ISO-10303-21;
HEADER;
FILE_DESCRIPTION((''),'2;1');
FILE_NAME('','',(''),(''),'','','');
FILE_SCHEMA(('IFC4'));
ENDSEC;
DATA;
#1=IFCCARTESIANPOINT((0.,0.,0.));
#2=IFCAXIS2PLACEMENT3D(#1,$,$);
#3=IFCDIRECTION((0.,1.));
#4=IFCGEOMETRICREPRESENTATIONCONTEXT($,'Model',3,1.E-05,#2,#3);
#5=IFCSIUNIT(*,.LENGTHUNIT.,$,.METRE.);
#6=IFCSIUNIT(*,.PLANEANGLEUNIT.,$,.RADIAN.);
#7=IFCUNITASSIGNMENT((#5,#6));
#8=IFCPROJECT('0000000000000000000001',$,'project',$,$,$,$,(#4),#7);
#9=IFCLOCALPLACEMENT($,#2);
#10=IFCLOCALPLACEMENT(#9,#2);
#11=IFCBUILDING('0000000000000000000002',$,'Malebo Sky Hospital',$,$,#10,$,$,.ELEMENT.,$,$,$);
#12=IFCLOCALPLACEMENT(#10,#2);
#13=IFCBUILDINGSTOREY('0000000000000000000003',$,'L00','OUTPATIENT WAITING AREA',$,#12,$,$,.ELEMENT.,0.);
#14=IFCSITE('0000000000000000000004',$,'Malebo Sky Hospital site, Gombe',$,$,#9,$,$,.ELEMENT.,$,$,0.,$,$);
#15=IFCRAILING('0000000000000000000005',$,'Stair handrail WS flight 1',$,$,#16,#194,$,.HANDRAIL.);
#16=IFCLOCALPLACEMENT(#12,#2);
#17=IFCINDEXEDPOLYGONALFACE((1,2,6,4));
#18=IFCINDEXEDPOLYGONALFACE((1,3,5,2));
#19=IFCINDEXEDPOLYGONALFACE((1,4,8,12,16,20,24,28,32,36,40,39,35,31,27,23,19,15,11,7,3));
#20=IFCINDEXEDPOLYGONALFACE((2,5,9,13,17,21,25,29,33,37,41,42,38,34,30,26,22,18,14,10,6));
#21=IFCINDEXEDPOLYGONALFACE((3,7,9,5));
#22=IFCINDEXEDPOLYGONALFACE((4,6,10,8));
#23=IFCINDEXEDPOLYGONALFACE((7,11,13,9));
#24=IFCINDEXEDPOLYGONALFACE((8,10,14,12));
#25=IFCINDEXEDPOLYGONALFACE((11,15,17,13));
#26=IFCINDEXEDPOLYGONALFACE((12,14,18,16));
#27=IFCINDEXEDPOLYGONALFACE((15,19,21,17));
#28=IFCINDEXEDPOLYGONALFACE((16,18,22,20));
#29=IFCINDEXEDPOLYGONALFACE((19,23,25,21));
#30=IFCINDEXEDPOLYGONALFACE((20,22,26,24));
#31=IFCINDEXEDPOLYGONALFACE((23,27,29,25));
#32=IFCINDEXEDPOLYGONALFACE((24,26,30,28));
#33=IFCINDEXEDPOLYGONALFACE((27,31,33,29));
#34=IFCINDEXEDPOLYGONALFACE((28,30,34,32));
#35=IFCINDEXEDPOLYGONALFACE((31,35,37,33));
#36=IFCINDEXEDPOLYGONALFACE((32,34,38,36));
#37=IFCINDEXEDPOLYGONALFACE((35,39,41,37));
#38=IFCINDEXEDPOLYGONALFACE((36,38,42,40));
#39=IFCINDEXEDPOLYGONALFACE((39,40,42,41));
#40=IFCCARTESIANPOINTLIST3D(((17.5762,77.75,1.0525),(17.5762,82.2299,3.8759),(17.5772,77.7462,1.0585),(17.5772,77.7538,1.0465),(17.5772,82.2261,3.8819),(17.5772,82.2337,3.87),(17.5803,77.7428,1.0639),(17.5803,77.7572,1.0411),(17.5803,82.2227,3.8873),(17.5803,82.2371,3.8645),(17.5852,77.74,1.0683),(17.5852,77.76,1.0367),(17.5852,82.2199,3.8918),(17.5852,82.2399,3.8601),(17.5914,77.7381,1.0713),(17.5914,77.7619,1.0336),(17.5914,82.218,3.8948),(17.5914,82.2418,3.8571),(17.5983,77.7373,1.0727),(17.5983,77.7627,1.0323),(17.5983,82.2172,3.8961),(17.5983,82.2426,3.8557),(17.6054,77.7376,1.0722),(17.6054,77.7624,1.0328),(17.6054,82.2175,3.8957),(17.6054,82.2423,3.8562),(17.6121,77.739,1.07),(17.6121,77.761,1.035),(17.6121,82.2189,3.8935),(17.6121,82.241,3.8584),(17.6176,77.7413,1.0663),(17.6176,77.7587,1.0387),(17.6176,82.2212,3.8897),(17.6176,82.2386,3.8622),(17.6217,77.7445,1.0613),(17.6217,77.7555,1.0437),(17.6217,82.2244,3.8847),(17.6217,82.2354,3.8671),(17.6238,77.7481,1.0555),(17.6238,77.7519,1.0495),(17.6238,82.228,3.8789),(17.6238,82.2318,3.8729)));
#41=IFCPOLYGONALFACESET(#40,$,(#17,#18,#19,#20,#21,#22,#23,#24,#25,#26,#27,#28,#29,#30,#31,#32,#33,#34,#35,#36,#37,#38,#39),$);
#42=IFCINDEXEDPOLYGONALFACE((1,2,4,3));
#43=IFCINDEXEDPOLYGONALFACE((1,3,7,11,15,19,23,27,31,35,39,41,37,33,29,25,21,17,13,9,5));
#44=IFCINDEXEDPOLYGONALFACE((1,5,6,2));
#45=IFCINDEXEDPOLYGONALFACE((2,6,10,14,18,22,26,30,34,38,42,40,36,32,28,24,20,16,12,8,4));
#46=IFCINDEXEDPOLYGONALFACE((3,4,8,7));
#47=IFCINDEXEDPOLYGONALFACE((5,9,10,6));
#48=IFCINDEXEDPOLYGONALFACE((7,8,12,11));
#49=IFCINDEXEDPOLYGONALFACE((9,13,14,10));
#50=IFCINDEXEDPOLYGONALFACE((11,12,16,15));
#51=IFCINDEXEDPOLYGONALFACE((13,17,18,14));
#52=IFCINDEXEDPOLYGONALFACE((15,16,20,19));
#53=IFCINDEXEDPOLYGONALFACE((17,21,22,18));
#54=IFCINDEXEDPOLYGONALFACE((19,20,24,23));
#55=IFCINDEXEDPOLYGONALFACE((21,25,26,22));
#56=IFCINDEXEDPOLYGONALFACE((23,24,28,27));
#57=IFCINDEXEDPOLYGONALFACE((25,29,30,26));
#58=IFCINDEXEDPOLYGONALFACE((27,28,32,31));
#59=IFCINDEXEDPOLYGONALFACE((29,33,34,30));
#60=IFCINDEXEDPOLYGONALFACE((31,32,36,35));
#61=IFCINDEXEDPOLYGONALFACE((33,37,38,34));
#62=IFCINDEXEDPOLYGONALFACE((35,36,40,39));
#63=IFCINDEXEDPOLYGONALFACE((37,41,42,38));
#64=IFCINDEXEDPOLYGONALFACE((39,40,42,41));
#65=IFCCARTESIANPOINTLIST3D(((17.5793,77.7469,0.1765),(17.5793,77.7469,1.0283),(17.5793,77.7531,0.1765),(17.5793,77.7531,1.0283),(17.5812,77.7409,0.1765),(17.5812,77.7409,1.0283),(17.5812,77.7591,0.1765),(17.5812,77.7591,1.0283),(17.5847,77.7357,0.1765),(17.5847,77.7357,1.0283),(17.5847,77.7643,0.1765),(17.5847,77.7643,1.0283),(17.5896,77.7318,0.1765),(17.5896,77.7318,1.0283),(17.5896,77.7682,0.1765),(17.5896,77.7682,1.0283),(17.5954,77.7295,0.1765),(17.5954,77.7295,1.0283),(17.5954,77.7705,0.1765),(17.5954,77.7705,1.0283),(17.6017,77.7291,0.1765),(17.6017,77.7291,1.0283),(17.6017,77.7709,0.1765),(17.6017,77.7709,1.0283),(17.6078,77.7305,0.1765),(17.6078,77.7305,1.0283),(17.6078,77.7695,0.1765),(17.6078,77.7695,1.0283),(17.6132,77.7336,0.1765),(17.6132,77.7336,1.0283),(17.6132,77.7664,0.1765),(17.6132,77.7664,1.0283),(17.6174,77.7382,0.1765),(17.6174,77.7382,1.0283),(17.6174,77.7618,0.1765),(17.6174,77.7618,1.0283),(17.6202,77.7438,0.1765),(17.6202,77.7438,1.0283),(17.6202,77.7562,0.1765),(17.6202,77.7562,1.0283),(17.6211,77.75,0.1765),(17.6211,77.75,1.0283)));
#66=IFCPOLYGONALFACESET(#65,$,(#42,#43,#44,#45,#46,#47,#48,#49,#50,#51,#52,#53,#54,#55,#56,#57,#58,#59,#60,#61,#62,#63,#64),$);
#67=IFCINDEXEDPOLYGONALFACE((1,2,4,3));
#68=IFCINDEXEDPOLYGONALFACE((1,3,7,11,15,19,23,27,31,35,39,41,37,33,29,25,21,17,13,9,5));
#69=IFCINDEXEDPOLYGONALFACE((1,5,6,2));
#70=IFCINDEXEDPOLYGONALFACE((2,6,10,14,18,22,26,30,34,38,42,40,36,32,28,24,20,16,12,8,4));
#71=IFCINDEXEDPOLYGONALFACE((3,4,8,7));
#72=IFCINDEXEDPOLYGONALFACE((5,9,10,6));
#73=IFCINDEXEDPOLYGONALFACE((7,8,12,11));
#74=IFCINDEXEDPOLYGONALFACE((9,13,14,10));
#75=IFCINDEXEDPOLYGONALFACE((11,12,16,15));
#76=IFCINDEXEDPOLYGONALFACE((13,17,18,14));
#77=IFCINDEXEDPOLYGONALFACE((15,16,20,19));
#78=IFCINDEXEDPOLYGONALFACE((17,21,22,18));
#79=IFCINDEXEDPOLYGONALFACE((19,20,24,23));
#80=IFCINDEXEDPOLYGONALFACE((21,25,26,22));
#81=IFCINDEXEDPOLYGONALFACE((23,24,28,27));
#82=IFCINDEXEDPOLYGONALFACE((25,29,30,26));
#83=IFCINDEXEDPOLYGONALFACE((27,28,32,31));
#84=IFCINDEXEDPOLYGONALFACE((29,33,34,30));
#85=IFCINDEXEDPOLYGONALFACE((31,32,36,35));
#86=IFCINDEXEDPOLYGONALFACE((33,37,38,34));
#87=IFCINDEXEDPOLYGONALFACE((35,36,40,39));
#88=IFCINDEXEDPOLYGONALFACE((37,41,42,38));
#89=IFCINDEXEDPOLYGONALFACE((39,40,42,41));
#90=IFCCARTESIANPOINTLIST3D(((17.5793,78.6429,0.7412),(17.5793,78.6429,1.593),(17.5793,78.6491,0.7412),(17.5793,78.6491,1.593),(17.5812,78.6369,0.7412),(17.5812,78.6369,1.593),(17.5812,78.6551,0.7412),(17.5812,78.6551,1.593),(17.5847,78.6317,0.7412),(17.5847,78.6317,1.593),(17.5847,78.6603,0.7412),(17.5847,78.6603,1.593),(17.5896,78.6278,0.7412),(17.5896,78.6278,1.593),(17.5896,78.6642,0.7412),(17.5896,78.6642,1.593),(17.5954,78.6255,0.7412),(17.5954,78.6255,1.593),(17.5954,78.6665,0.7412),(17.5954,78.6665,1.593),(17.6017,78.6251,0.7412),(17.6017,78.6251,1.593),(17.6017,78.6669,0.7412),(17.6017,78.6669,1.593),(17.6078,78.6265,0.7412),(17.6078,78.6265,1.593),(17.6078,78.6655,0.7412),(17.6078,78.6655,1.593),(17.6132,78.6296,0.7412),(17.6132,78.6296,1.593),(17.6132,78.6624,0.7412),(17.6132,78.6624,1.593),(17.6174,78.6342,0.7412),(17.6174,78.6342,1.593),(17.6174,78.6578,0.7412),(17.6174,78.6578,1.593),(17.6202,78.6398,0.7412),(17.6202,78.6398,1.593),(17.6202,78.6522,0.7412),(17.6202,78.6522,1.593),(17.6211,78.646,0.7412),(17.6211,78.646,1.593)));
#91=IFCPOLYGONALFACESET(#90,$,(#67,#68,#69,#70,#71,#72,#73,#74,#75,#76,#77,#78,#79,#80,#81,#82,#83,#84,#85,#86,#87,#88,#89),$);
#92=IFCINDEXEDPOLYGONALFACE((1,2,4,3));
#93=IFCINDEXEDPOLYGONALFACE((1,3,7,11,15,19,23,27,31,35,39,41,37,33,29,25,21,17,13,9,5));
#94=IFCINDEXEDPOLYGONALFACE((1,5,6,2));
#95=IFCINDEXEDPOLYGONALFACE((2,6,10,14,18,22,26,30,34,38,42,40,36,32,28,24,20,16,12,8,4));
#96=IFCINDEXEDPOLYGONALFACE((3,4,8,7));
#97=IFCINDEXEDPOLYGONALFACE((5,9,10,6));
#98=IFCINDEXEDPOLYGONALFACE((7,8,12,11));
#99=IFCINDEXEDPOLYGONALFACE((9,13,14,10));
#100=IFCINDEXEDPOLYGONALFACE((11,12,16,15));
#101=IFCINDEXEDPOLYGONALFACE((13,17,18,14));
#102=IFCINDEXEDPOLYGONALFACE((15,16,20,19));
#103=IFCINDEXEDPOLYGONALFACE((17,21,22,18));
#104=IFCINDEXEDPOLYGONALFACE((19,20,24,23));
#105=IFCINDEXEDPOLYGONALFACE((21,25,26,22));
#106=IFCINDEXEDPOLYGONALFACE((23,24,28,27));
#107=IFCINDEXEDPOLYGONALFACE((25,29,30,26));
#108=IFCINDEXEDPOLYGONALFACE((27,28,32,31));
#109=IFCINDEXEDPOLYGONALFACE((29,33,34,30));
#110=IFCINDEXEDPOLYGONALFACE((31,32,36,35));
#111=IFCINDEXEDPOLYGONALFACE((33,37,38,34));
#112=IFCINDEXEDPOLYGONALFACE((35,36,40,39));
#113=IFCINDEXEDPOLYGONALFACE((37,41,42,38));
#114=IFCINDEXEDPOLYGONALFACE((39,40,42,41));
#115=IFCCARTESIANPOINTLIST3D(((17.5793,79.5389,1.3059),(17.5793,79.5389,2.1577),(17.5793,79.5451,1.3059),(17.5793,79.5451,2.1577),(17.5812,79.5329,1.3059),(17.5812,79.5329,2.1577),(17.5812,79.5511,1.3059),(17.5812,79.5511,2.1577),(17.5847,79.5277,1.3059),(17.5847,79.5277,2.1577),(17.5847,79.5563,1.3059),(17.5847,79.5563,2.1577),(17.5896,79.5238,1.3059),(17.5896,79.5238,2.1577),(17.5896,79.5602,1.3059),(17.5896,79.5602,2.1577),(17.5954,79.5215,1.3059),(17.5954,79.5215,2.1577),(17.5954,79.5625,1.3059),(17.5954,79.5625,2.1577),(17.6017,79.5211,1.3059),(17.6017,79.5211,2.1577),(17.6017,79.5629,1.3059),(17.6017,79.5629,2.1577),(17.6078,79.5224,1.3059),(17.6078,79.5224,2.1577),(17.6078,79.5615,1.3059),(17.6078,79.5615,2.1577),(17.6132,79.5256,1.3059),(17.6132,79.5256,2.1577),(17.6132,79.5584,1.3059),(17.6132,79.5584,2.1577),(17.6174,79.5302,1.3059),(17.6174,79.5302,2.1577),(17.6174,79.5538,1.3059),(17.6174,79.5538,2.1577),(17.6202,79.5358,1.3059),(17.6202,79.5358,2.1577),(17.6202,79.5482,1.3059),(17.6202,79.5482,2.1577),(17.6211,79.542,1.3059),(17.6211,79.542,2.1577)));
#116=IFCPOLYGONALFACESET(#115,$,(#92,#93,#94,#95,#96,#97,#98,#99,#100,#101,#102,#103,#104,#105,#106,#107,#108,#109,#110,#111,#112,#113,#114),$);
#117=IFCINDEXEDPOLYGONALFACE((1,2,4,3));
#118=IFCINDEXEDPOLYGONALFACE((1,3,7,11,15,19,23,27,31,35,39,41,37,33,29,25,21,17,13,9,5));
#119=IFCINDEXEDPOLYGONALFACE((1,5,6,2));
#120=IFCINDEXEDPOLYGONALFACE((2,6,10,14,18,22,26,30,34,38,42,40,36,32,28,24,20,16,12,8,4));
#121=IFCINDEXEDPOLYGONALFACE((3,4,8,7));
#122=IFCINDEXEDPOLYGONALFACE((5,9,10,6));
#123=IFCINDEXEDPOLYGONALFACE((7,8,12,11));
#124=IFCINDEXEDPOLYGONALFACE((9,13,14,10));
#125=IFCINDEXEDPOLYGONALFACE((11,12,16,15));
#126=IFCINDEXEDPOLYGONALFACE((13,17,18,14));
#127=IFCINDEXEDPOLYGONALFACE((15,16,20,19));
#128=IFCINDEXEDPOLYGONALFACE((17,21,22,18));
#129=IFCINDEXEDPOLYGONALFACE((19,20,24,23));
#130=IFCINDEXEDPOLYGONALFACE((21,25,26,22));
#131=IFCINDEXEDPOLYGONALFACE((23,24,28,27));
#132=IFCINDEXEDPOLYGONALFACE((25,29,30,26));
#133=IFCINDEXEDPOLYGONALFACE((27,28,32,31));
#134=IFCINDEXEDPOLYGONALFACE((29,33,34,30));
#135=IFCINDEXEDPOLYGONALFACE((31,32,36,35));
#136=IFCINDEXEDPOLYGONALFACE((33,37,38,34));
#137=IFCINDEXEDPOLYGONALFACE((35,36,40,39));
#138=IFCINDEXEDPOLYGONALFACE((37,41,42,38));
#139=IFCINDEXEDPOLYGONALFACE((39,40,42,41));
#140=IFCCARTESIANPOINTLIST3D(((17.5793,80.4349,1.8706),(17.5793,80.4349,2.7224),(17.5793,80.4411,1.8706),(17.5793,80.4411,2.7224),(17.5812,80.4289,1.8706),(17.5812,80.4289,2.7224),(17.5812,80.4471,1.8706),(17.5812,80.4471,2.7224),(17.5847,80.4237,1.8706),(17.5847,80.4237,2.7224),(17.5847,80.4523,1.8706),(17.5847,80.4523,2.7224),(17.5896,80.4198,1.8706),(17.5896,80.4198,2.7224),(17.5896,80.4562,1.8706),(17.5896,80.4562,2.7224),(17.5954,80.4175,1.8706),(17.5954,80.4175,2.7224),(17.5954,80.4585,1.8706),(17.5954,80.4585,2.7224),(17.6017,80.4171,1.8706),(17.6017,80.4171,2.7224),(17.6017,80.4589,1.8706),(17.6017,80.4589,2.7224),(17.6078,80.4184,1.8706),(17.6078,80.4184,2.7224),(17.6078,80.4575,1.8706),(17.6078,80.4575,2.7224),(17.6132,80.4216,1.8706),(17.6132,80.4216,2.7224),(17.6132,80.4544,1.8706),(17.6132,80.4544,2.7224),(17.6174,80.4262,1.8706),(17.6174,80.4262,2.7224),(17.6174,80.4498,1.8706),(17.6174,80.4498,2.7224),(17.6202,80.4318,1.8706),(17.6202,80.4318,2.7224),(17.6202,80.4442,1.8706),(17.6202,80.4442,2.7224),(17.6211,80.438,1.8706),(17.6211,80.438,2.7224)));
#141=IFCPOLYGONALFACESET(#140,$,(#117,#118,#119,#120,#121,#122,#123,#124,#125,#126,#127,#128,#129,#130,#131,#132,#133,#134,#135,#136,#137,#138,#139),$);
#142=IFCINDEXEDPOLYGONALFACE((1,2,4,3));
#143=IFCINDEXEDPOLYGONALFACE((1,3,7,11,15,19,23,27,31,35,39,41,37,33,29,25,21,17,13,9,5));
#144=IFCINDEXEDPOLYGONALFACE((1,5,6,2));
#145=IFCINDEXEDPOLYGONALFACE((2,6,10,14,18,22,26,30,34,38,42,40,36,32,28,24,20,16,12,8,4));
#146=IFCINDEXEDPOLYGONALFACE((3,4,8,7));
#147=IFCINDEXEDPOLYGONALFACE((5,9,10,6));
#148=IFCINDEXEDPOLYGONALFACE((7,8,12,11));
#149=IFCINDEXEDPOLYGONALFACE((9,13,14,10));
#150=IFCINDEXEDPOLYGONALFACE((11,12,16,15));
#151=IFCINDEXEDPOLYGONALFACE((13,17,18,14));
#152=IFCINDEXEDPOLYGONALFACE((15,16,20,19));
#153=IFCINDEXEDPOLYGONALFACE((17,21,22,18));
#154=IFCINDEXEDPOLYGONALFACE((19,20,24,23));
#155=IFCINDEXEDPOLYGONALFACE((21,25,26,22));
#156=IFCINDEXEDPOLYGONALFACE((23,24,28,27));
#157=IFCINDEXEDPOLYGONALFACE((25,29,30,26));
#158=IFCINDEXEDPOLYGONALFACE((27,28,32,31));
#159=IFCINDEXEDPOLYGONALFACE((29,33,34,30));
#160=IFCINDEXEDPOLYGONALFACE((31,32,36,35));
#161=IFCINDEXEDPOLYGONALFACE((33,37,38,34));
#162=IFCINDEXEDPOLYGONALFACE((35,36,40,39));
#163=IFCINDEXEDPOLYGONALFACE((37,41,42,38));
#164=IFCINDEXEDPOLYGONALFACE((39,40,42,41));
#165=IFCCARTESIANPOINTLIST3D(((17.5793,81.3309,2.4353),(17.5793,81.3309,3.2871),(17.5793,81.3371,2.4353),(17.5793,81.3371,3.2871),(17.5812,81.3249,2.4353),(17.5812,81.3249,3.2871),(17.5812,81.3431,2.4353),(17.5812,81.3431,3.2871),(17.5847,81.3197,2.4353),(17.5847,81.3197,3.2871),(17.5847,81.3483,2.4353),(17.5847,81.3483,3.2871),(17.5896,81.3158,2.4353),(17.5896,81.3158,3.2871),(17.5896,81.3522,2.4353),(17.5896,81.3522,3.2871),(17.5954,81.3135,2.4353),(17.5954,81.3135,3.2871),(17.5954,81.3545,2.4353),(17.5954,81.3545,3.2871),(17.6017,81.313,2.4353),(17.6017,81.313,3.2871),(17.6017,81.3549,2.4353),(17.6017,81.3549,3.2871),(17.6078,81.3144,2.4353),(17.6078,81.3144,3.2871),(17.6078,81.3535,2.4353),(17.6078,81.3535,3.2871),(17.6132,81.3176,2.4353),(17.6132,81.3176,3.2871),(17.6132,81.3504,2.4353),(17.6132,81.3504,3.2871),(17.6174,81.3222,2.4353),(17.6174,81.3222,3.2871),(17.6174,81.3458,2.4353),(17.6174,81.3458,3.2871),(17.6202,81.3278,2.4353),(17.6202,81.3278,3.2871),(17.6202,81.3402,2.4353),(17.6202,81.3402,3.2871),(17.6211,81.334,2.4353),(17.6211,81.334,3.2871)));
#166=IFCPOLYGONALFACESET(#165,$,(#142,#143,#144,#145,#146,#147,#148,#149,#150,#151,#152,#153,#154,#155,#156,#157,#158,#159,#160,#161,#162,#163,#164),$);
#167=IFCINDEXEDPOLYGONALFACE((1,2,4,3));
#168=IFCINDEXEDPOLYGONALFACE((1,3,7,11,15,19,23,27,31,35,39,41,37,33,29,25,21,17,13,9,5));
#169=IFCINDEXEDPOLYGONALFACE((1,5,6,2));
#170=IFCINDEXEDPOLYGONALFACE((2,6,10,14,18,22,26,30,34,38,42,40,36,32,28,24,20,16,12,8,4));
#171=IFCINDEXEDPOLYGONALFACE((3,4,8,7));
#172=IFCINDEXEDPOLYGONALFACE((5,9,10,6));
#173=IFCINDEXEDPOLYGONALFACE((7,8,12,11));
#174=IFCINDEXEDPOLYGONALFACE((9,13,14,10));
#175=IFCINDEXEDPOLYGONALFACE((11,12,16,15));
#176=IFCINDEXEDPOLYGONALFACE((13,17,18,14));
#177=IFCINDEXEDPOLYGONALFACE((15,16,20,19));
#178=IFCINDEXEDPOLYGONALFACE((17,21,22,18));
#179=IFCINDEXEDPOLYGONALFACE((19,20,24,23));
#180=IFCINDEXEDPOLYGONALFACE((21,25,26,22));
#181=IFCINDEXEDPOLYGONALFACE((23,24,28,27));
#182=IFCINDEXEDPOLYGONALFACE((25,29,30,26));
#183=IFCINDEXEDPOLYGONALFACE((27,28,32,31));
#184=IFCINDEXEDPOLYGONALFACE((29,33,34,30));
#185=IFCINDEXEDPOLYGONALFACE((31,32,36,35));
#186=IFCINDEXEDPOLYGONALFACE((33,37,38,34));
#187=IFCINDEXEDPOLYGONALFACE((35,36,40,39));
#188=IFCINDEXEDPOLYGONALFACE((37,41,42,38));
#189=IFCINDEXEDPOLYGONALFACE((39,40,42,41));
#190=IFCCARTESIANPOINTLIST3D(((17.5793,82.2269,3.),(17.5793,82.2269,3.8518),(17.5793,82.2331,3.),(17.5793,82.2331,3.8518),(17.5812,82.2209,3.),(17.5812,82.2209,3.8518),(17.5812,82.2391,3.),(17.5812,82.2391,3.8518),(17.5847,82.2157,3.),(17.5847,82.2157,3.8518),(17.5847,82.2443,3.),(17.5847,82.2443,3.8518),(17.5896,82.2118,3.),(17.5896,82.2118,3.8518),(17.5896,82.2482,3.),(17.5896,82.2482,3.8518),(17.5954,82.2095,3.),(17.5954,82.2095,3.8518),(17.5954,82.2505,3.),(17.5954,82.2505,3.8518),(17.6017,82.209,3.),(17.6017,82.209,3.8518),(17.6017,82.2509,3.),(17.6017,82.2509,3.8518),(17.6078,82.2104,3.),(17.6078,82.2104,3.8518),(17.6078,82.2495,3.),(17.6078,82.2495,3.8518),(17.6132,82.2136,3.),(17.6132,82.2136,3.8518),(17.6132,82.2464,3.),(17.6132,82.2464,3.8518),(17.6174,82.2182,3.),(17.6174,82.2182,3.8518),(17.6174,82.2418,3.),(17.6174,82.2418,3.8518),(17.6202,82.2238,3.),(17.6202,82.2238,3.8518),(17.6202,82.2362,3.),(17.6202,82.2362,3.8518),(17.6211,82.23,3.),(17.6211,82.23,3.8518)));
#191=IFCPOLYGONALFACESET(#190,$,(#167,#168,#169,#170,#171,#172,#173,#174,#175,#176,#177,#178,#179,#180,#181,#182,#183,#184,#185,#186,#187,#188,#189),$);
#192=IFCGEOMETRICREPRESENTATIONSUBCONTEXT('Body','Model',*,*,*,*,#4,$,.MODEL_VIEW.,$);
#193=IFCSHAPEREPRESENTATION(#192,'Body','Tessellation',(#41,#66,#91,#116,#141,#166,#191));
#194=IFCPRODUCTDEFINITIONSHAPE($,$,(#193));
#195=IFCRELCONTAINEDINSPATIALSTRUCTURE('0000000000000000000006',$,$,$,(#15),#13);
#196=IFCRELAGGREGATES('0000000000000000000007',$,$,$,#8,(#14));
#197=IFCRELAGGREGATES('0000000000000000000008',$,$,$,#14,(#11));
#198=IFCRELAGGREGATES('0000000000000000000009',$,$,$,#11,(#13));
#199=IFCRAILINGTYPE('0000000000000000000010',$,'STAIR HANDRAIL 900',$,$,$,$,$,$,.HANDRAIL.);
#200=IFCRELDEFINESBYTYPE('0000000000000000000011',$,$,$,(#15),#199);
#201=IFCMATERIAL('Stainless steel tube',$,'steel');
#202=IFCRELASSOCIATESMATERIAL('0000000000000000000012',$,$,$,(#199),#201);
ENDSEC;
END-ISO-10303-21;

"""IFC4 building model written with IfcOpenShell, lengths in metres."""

from ifc_helpers import new_model, si_unit, direction, frame, origin, origin_2d, place, context, subcontext, project, spatial, circle, extrude, material, type_object, element, save


model = new_model("IFC4")

# Units and contexts
model_context = context("Model", 3, precision=1e-05, world=origin(), true_north=direction((0.0, 1.0)))
body_context = subcontext(model_context, "Body", "Model", "MODEL_VIEW")
ifc_project = project(units=[si_unit("LENGTHUNIT", "METRE"), si_unit("PLANEANGLEUNIT", "RADIAN")], contexts=[model_context])

# Site, building, storey
site_placement = place(None, origin())
site = spatial("IfcSite", under=ifc_project, at=site_placement, Name="Malebo Sky Hospital site, Gombe", CompositionType="ELEMENT", RefElevation=0.0)
building_placement = place(site_placement, origin())
building = spatial("IfcBuilding", under=site, at=building_placement, Name="Malebo Sky Hospital", CompositionType="ELEMENT")
storey_placement = place(building_placement, origin())
storey = spatial("IfcBuildingStorey", under=building, at=storey_placement, Name="L00", Description="OUTPATIENT WAITING AREA", CompositionType="ELEMENT", Elevation=0.0)

# Railing
ifc_material_1 = material(Name="Stainless steel tube", Category="steel")
railing_type = type_object("IfcRailingType", Name="STAIR HANDRAIL 900", PredefinedType="HANDRAIL", material=ifc_material_1)
railing_1_placement = place(storey_placement, frame((17.6001, 77.75, 0.1765)))
element("IfcRailing", 1, at=railing_1_placement, inside=storey, type_object=railing_type, Name="Stair handrail WS flight 1", PredefinedType="HANDRAIL", context=body_context, shape_type="SweptSolid", body=[
    extrude(circle(Radius=0.0239, at=origin_2d()), frame((0.0, 0.0, 0.876), z_axis=(0.0, 0.845998, 0.533186), x_axis=(-1.0, 0.0, 0.0)), (0.0, 0.0, 1.0), 5.2954),
    extrude(circle(Radius=0.021, at=origin_2d()), origin(), (0.0, 0.0, 1.0), 0.8518),
    extrude(circle(Radius=0.021, at=origin_2d()), frame((0.0, 0.896, 0.5647)), (0.0, 0.0, 1.0), 0.8518),
    extrude(circle(Radius=0.021, at=origin_2d()), frame((0.0, 1.792, 1.1294)), (0.0, 0.0, 1.0), 0.8518),
    extrude(circle(Radius=0.021, at=origin_2d()), frame((0.0, 2.688, 1.6941)), (0.0, 0.0, 1.0), 0.8518),
    extrude(circle(Radius=0.021, at=origin_2d()), frame((0.0, 3.584, 2.2588)), (0.0, 0.0, 1.0), 0.8518),
    extrude(circle(Radius=0.021, at=origin_2d()), frame((0.0, 4.48, 2.8235)), (0.0, 0.0, 1.0), 0.8518),
])

save(model, "model.ifc")
